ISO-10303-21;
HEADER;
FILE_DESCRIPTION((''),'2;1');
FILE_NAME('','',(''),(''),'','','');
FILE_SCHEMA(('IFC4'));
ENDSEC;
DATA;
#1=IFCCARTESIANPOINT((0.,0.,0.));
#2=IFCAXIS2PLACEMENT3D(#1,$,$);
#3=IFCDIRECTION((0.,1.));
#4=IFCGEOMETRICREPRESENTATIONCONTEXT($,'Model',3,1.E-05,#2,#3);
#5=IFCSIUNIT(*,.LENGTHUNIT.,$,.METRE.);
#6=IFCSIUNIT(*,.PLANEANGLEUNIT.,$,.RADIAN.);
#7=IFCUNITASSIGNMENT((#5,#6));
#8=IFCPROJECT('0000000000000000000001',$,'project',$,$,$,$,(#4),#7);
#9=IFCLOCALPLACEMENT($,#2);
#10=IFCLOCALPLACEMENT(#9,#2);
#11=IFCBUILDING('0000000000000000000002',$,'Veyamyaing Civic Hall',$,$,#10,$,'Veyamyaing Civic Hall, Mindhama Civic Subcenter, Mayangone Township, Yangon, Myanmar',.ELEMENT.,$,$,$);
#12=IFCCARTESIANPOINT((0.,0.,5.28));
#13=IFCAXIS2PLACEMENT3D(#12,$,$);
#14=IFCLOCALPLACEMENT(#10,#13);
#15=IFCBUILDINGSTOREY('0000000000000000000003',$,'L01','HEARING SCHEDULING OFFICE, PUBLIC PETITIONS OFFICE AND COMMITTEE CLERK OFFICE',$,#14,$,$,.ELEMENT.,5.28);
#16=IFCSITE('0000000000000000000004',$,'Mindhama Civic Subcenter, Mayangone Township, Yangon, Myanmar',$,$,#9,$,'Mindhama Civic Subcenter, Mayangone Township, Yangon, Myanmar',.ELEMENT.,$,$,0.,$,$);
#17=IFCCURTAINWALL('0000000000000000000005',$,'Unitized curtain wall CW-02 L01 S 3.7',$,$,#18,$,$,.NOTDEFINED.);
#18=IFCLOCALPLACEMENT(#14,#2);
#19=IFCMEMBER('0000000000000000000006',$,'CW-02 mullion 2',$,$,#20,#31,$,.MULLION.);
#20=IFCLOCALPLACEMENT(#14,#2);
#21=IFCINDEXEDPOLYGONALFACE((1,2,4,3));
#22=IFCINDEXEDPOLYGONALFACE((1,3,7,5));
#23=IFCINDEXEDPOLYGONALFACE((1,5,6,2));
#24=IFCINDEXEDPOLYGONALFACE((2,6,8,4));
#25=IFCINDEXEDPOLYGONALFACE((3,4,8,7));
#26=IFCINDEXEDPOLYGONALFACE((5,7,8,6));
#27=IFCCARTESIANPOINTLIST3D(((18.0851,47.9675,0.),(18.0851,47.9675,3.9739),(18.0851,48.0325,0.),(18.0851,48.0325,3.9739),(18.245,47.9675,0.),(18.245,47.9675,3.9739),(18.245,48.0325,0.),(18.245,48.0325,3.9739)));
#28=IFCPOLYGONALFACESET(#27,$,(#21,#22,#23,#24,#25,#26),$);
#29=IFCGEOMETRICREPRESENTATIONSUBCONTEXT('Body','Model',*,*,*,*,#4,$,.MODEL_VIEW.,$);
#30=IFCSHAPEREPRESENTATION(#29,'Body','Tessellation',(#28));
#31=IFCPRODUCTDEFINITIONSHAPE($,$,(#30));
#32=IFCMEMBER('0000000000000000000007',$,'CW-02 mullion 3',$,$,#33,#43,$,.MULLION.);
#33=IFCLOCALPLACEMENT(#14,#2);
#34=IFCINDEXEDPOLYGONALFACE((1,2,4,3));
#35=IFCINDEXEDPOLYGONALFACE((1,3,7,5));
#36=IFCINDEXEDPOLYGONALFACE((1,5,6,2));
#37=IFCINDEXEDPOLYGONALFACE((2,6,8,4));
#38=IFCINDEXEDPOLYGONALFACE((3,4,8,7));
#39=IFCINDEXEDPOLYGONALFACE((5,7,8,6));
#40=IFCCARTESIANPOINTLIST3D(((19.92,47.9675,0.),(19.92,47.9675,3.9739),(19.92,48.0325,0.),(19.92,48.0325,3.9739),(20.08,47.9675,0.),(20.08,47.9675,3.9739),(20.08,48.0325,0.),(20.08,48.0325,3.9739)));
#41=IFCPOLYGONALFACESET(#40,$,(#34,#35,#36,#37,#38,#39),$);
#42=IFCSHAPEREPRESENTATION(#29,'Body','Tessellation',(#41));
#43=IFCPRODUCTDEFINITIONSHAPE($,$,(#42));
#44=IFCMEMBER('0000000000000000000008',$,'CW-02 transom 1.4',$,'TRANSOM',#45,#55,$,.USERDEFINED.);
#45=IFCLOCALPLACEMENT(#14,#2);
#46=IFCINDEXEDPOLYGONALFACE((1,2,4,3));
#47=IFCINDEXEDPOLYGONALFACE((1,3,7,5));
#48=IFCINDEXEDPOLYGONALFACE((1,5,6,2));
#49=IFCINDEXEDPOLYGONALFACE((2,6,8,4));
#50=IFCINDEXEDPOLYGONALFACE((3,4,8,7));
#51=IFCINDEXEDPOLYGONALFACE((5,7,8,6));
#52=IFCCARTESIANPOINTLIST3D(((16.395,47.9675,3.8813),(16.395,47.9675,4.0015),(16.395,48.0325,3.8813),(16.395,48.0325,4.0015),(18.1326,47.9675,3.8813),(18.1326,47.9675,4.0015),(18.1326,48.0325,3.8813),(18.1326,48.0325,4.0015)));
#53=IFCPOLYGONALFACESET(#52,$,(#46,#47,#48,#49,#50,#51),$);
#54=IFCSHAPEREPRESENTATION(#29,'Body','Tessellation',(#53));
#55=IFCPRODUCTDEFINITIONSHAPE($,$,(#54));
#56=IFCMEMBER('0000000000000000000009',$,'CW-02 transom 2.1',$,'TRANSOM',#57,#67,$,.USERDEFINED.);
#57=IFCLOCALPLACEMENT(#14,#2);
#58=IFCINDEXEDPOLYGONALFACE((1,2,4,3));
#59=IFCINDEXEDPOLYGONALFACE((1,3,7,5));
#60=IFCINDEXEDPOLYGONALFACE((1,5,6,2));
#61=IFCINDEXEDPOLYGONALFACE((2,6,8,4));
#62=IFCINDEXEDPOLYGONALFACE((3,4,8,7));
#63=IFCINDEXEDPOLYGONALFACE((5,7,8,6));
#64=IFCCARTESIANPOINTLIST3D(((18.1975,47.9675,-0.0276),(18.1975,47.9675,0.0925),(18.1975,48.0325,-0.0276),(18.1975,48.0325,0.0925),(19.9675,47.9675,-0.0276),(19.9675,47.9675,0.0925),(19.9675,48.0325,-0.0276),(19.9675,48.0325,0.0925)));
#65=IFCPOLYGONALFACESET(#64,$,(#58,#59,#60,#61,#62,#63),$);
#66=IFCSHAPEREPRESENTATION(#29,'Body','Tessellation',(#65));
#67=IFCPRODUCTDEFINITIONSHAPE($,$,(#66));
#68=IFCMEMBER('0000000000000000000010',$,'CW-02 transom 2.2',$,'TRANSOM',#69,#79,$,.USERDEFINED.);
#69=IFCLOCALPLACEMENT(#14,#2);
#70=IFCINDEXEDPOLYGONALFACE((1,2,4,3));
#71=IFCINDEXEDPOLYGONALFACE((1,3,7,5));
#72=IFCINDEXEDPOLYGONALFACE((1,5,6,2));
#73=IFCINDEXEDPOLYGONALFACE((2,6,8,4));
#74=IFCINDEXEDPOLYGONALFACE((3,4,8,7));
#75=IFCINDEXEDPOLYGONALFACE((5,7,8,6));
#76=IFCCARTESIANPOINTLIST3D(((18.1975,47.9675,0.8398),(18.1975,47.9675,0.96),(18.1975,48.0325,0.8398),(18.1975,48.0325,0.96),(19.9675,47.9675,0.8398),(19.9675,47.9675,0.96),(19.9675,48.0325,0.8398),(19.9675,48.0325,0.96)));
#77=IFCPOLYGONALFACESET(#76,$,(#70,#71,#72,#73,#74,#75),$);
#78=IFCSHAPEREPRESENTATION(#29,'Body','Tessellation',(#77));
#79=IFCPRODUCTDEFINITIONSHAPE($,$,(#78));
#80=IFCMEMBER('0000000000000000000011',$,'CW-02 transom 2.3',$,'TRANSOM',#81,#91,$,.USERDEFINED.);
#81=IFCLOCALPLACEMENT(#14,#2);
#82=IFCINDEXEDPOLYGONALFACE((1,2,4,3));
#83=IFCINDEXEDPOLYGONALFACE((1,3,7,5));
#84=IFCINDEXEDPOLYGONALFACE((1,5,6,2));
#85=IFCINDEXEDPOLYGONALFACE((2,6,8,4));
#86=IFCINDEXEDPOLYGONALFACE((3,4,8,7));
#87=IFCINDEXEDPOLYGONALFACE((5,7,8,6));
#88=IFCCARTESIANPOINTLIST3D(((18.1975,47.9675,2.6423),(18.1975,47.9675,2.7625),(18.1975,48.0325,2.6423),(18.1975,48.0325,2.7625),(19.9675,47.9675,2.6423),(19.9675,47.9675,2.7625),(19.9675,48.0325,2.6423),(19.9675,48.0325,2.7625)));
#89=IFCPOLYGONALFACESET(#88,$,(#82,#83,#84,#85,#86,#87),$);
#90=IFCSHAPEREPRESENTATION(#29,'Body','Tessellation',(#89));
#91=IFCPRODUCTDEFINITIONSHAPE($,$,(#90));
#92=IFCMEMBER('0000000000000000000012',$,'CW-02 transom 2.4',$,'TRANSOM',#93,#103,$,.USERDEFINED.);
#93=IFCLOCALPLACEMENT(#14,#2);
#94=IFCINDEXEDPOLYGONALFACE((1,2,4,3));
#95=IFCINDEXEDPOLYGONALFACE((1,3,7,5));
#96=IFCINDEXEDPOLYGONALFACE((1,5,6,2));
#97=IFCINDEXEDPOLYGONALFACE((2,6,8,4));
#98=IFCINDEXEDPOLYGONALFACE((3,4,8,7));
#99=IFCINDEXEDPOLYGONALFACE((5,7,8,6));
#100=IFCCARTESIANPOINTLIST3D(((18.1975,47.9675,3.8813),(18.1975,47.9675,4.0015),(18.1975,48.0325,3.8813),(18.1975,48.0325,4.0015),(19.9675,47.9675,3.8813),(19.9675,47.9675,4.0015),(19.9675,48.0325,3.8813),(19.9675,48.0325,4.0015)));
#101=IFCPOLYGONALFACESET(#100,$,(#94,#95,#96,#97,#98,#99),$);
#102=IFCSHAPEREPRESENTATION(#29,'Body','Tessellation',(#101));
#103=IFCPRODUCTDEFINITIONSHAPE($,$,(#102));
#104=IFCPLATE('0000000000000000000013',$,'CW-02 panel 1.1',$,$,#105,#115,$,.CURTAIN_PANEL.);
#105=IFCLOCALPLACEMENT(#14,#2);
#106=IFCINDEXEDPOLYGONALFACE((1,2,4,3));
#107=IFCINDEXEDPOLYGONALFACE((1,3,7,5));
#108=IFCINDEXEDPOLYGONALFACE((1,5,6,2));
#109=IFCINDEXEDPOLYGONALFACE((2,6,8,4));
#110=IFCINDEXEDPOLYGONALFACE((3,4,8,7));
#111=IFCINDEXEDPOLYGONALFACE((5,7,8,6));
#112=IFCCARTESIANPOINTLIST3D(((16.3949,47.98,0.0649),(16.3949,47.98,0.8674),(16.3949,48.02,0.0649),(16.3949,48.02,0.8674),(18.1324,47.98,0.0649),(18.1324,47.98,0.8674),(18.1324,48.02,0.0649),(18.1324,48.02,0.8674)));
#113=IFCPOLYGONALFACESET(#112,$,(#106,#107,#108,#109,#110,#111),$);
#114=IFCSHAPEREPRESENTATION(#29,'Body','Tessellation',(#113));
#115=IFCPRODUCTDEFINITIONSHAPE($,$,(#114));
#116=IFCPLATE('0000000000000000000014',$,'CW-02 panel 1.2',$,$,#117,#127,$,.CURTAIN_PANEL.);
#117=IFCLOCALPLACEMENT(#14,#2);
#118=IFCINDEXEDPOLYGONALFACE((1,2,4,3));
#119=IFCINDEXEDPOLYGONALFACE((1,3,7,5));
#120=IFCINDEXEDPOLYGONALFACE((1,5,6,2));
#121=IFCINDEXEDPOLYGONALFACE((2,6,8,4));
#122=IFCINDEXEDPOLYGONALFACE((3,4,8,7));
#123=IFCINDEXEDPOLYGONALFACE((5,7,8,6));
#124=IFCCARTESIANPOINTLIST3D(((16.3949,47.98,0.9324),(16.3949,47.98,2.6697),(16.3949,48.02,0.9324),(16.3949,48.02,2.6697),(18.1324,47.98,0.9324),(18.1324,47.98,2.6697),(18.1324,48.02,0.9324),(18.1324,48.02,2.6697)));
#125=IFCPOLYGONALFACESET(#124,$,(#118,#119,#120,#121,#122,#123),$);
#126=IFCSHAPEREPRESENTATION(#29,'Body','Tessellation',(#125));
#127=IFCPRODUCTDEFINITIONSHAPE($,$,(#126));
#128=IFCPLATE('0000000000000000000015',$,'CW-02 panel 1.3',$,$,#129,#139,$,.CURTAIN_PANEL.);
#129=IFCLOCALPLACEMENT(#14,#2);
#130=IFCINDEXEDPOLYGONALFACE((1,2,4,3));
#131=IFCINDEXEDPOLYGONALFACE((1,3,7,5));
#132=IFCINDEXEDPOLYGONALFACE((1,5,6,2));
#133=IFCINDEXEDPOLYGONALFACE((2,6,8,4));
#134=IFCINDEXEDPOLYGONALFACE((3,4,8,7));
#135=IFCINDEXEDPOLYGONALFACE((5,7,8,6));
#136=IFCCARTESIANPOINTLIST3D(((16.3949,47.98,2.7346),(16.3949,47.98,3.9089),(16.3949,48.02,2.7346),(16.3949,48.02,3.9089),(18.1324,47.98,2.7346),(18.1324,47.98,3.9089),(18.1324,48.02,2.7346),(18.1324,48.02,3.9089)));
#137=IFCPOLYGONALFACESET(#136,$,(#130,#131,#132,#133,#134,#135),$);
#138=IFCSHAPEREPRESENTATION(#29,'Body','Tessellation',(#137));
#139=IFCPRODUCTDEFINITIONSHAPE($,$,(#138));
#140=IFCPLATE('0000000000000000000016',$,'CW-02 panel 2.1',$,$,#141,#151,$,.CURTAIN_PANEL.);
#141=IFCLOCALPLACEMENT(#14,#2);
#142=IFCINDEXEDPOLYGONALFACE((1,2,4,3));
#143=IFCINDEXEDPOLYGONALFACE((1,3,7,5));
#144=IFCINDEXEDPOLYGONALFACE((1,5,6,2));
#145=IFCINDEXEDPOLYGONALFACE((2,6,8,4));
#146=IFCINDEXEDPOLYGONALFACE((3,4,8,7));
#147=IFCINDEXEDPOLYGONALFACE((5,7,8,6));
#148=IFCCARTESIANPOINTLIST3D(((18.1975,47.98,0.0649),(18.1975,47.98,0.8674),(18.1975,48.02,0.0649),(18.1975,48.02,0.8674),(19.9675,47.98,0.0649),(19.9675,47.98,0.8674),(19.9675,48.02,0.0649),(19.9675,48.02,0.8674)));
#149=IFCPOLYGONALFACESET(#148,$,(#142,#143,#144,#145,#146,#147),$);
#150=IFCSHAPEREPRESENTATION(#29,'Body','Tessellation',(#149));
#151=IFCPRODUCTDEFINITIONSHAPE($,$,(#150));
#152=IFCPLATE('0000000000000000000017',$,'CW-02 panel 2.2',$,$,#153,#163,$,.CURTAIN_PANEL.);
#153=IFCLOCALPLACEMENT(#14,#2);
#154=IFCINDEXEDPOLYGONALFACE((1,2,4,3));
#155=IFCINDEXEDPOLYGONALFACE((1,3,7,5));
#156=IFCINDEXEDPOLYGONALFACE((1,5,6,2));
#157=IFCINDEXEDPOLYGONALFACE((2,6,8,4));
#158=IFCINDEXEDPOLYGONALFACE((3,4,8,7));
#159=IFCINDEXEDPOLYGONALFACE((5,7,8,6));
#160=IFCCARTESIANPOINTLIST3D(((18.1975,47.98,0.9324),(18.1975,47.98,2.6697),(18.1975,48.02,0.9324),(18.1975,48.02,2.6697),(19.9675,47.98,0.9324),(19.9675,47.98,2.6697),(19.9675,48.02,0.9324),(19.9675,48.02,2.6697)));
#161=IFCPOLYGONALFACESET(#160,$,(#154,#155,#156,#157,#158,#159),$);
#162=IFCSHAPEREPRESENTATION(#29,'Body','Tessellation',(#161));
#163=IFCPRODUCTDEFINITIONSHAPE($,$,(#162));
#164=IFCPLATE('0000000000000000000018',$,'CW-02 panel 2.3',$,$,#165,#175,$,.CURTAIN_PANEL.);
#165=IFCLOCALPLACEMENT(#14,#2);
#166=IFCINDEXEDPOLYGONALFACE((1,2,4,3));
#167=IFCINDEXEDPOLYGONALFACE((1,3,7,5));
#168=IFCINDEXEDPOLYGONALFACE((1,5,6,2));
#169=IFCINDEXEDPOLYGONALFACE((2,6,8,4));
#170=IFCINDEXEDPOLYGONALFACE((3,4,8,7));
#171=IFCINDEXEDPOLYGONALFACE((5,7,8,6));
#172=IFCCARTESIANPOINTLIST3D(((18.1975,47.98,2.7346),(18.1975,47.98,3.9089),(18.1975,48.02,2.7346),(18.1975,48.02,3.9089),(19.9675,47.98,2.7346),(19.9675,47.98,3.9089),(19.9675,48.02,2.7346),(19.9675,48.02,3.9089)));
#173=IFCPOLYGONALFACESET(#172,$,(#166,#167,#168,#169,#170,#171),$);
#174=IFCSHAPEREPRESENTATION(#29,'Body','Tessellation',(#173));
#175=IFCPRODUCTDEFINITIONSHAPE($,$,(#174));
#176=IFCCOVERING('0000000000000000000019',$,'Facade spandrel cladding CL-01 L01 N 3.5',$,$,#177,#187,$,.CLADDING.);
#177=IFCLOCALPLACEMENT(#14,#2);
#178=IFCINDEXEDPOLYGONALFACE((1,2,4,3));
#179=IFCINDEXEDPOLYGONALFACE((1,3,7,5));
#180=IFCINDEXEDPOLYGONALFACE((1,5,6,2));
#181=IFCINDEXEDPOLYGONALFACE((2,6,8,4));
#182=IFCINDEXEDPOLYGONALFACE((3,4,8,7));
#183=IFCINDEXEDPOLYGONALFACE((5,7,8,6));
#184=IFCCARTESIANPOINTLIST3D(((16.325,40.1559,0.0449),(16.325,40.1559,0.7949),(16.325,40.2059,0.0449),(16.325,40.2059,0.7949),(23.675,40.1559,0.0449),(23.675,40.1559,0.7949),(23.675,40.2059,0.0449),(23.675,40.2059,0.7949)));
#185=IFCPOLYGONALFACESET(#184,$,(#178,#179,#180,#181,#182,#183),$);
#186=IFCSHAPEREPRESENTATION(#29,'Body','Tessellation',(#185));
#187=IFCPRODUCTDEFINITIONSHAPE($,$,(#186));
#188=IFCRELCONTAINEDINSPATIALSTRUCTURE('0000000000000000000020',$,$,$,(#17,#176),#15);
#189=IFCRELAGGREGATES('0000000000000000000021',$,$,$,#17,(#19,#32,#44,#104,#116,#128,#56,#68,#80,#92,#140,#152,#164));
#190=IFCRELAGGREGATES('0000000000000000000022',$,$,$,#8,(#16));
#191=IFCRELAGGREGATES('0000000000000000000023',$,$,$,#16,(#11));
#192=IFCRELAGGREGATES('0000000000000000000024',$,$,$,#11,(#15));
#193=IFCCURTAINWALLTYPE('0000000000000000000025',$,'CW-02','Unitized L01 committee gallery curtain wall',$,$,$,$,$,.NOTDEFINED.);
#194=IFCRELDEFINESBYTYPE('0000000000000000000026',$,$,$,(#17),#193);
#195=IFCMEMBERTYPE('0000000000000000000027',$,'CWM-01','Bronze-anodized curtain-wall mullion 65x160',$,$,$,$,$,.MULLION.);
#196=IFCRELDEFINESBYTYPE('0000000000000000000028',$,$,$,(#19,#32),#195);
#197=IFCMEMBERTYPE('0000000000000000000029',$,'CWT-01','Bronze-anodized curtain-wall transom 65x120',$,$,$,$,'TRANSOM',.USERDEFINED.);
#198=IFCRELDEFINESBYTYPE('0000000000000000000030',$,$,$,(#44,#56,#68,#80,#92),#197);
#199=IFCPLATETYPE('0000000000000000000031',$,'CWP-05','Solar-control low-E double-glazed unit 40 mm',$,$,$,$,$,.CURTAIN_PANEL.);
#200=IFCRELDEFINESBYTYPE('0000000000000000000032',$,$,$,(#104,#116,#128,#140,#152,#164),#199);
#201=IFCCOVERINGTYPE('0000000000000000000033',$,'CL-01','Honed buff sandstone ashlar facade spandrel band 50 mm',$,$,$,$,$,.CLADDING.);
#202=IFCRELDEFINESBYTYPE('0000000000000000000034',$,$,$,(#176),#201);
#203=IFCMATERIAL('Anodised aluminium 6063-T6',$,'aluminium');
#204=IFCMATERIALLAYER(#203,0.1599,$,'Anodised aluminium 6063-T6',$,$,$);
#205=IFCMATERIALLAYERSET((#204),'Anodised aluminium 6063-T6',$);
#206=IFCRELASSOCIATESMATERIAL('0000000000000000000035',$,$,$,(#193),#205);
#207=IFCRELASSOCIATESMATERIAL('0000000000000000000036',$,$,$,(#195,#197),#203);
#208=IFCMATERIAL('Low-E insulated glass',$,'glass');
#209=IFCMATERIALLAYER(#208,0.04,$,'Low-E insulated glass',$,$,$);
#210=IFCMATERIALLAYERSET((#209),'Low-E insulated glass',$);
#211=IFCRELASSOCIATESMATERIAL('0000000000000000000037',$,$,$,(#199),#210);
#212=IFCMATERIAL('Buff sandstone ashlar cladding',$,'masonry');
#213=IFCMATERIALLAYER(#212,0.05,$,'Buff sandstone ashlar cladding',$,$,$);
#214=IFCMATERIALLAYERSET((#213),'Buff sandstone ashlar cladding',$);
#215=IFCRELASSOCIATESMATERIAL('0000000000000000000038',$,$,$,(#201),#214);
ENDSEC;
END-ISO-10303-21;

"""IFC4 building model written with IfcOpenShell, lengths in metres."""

from ifc_helpers import new_model, si_unit, direction, frame, origin, origin_2d, place, context, subcontext, project, spatial, rectangle, extrude, material, layer, layer_set, material_profile, profile_set, type_object, element, aggregate, save


model = new_model("IFC4")

# Units and contexts
model_context = context("Model", 3, precision=1e-05, world=origin(), true_north=direction((0.0, 1.0)))
body_context = subcontext(model_context, "Body", "Model", "MODEL_VIEW")
ifc_project = project(units=[si_unit("LENGTHUNIT", "METRE"), si_unit("PLANEANGLEUNIT", "RADIAN")], contexts=[model_context])

# Site, building, storey
site_placement = place(None, origin())
site = spatial("IfcSite", under=ifc_project, at=site_placement, Name="Mindhama Civic Subcenter, Mayangone Township, Yangon, Myanmar", LongName="Mindhama Civic Subcenter, Mayangone Township, Yangon, Myanmar", CompositionType="ELEMENT", RefElevation=0.0)
building_placement = place(site_placement, origin())
building = spatial("IfcBuilding", under=site, at=building_placement, Name="Veyamyaing Civic Hall", LongName="Veyamyaing Civic Hall, Mindhama Civic Subcenter, Mayangone Township, Yangon, Myanmar", CompositionType="ELEMENT")
storey_placement = place(building_placement, frame((0.0, 0.0, 5.28)))
storey = spatial("IfcBuildingStorey", under=building, at=storey_placement, Name="L01", Description="HEARING SCHEDULING OFFICE, PUBLIC PETITIONS OFFICE AND COMMITTEE CLERK OFFICE", CompositionType="ELEMENT", Elevation=5.28)

# Curtain wall, members, plates
ifc_material_1 = material(Name="Anodised aluminium 6063-T6", Category="aluminium")
ifc_layer_1 = layer(ifc_material_1, 0.1599, Name="Anodised aluminium 6063-T6")
ifc_layer_set_1 = layer_set([ifc_layer_1], Name="Anodised aluminium 6063-T6")
curtain_wall_type = type_object("IfcCurtainWallType", Name="CW-02", Description="Unitized L01 committee gallery curtain wall", PredefinedType="NOTDEFINED", material=ifc_layer_set_1)
curtain_wall_placement = place(storey_placement, origin())
curtain_wall = element("IfcCurtainWall", 1, at=curtain_wall_placement, inside=storey, type_object=curtain_wall_type, Name="Unitized curtain wall CW-02 L01 S 3.7", PredefinedType="NOTDEFINED")
ifc_material_profile_1 = material_profile(ifc_material_1, rectangle(XDim=0.0649, YDim=0.1599, at=origin_2d()), Name="ALU-MUL-65X160")
ifc_profile_set_1 = profile_set([ifc_material_profile_1], Name="Anodised aluminium 6063-T6")
member_type_1 = type_object("IfcMemberType", Name="CWM-01", Description="Bronze-anodized curtain-wall mullion 65x160", PredefinedType="MULLION", material=ifc_profile_set_1)
member_1_placement = place(storey_placement, frame((18.165, 48.0, 0.0), z_axis=(0.0, 0.0, 1.0), x_axis=(0.0, 1.0, 0.0)))
member_1 = element("IfcMember", 2, at=member_1_placement, type_object=member_type_1, Name="CW-02 mullion 2", PredefinedType="MULLION", context=body_context, shape_type="SweptSolid", body=[
    extrude(rectangle(XDim=0.0649, YDim=0.1599, at=origin_2d()), origin(), (0.0, 0.0, 1.0), 3.9739),
])
member_2_placement = place(storey_placement, frame((20.0, 48.0, 0.0), z_axis=(0.0, 0.0, 1.0), x_axis=(0.0, 1.0, 0.0)))
member_2 = element("IfcMember", 3, at=member_2_placement, type_object=member_type_1, Name="CW-02 mullion 3", PredefinedType="MULLION", context=body_context, shape_type="SweptSolid", body=[
    extrude(rectangle(XDim=0.0649, YDim=0.1599, at=origin_2d()), origin(), (0.0, 0.0, 1.0), 3.9739),
])
ifc_material_profile_2 = material_profile(ifc_material_1, rectangle(XDim=0.0649, YDim=0.1201, at=origin_2d()), Name="ALU-TRN-65X120")
ifc_profile_set_2 = profile_set([ifc_material_profile_2], Name="Anodised aluminium 6063-T6")
member_type_2 = type_object("IfcMemberType", Name="CWT-01", Description="Bronze-anodized curtain-wall transom 65x120", ElementType="TRANSOM", PredefinedType="USERDEFINED", material=ifc_profile_set_2)
member_3_placement = place(storey_placement, frame((16.395, 48.0, 3.9414), z_axis=(1.0, 0.0, 0.0), x_axis=(0.0, 1.0, 0.0)))
member_3 = element("IfcMember", 4, at=member_3_placement, type_object=member_type_2, Name="CW-02 transom 1.4", ObjectType="TRANSOM", PredefinedType="USERDEFINED", context=body_context, shape_type="SweptSolid", body=[
    extrude(rectangle(XDim=0.0649, YDim=0.1201, at=origin_2d()), origin(), (0.0, 0.0, 1.0), 1.7375),
])
member_4_placement = place(storey_placement, frame((18.1975, 48.0, 0.0325), z_axis=(1.0, 0.0, 0.0), x_axis=(0.0, 1.0, 0.0)))
member_4 = element("IfcMember", 5, at=member_4_placement, type_object=member_type_2, Name="CW-02 transom 2.1", ObjectType="TRANSOM", PredefinedType="USERDEFINED", context=body_context, shape_type="SweptSolid", body=[
    extrude(rectangle(XDim=0.0649, YDim=0.1201, at=origin_2d()), origin(), (0.0, 0.0, 1.0), 1.77),
])
member_5_placement = place(storey_placement, frame((18.1975, 48.0, 0.8999), z_axis=(1.0, 0.0, 0.0), x_axis=(0.0, 1.0, 0.0)))
member_5 = element("IfcMember", 6, at=member_5_placement, type_object=member_type_2, Name="CW-02 transom 2.2", ObjectType="TRANSOM", PredefinedType="USERDEFINED", context=body_context, shape_type="SweptSolid", body=[
    extrude(rectangle(XDim=0.0649, YDim=0.1201, at=origin_2d()), origin(), (0.0, 0.0, 1.0), 1.77),
])
member_6_placement = place(storey_placement, frame((18.1975, 48.0, 2.7024), z_axis=(1.0, 0.0, 0.0), x_axis=(0.0, 1.0, 0.0)))
member_6 = element("IfcMember", 7, at=member_6_placement, type_object=member_type_2, Name="CW-02 transom 2.3", ObjectType="TRANSOM", PredefinedType="USERDEFINED", context=body_context, shape_type="SweptSolid", body=[
    extrude(rectangle(XDim=0.0649, YDim=0.1201, at=origin_2d()), origin(), (0.0, 0.0, 1.0), 1.77),
])
member_7_placement = place(storey_placement, frame((18.1975, 48.0, 3.9414), z_axis=(1.0, 0.0, 0.0), x_axis=(0.0, 1.0, 0.0)))
member_7 = element("IfcMember", 8, at=member_7_placement, type_object=member_type_2, Name="CW-02 transom 2.4", ObjectType="TRANSOM", PredefinedType="USERDEFINED", context=body_context, shape_type="SweptSolid", body=[
    extrude(rectangle(XDim=0.0649, YDim=0.1201, at=origin_2d()), origin(), (0.0, 0.0, 1.0), 1.77),
])
ifc_material_2 = material(Name="Low-E insulated glass", Category="glass")
ifc_layer_2 = layer(ifc_material_2, 0.04, Name="Low-E insulated glass")
ifc_layer_set_2 = layer_set([ifc_layer_2], Name="Low-E insulated glass")
plate_type = type_object("IfcPlateType", Name="CWP-05", Description="Solar-control low-E double-glazed unit 40 mm", PredefinedType="CURTAIN_PANEL", material=ifc_layer_set_2)
plate_1_placement = place(storey_placement, frame((17.2637, 48.0, 0.0649), z_axis=(0.0, 0.0, 1.0), x_axis=(1.0, 0.0, 0.0)))
plate_1 = element("IfcPlate", 9, at=plate_1_placement, type_object=plate_type, Name="CW-02 panel 1.1", PredefinedType="CURTAIN_PANEL", context=body_context, shape_type="SweptSolid", body=[
    extrude(rectangle(XDim=1.7375, YDim=0.04, at=origin_2d()), origin(), (0.0, 0.0, 1.0), 0.8025),
])
plate_2_placement = place(storey_placement, frame((17.2637, 48.0, 0.9324), z_axis=(0.0, 0.0, 1.0), x_axis=(1.0, 0.0, 0.0)))
plate_2 = element("IfcPlate", 10, at=plate_2_placement, type_object=plate_type, Name="CW-02 panel 1.2", PredefinedType="CURTAIN_PANEL", context=body_context, shape_type="SweptSolid", body=[
    extrude(rectangle(XDim=1.7375, YDim=0.04, at=origin_2d()), origin(), (0.0, 0.0, 1.0), 1.7373),
])
plate_3_placement = place(storey_placement, frame((17.2637, 48.0, 2.7346), z_axis=(0.0, 0.0, 1.0), x_axis=(1.0, 0.0, 0.0)))
plate_3 = element("IfcPlate", 11, at=plate_3_placement, type_object=plate_type, Name="CW-02 panel 1.3", PredefinedType="CURTAIN_PANEL", context=body_context, shape_type="SweptSolid", body=[
    extrude(rectangle(XDim=1.7375, YDim=0.04, at=origin_2d()), origin(), (0.0, 0.0, 1.0), 1.1743),
])
plate_4_placement = place(storey_placement, frame((19.0825, 48.0, 0.0649), z_axis=(0.0, 0.0, 1.0), x_axis=(1.0, 0.0, 0.0)))
plate_4 = element("IfcPlate", 12, at=plate_4_placement, type_object=plate_type, Name="CW-02 panel 2.1", PredefinedType="CURTAIN_PANEL", context=body_context, shape_type="SweptSolid", body=[
    extrude(rectangle(XDim=1.77, YDim=0.04, at=origin_2d()), origin(), (0.0, 0.0, 1.0), 0.8025),
])
plate_5_placement = place(storey_placement, frame((19.0825, 48.0, 0.9324), z_axis=(0.0, 0.0, 1.0), x_axis=(1.0, 0.0, 0.0)))
plate_5 = element("IfcPlate", 13, at=plate_5_placement, type_object=plate_type, Name="CW-02 panel 2.2", PredefinedType="CURTAIN_PANEL", context=body_context, shape_type="SweptSolid", body=[
    extrude(rectangle(XDim=1.77, YDim=0.04, at=origin_2d()), origin(), (0.0, 0.0, 1.0), 1.7373),
])
plate_6_placement = place(storey_placement, frame((19.0825, 48.0, 2.7346), z_axis=(0.0, 0.0, 1.0), x_axis=(1.0, 0.0, 0.0)))
plate_6 = element("IfcPlate", 14, at=plate_6_placement, type_object=plate_type, Name="CW-02 panel 2.3", PredefinedType="CURTAIN_PANEL", context=body_context, shape_type="SweptSolid", body=[
    extrude(rectangle(XDim=1.77, YDim=0.04, at=origin_2d()), origin(), (0.0, 0.0, 1.0), 1.1743),
])
aggregate(curtain_wall, [member_1, member_2, member_3, plate_1, plate_2, plate_3, member_4, member_5, member_6, member_7, plate_4, plate_5, plate_6])

# Covering
ifc_material_3 = material(Name="Buff sandstone ashlar cladding", Category="masonry")
ifc_layer_3 = layer(ifc_material_3, 0.05, Name="Buff sandstone ashlar cladding")
ifc_layer_set_3 = layer_set([ifc_layer_3], Name="Buff sandstone ashlar cladding")
covering_type_1 = type_object("IfcCoveringType", Name="CL-01", Description="Honed buff sandstone ashlar facade spandrel band 50 mm", PredefinedType="CLADDING", material=ifc_layer_set_3)
covering_placement = place(storey_placement, frame((20.0, 40.1809, 0.0449), z_axis=(0.0, 0.0, 1.0), x_axis=(1.0, 0.0, 0.0)))
element("IfcCovering", 15, at=covering_placement, inside=storey, type_object=covering_type_1, Name="Facade spandrel cladding CL-01 L01 N 3.5", PredefinedType="CLADDING", context=body_context, shape_type="SweptSolid", body=[
    extrude(rectangle(XDim=7.3501, YDim=0.05, at=origin_2d()), origin(), (0.0, 0.0, 1.0), 0.75),
])

save(model, "model.ifc")
